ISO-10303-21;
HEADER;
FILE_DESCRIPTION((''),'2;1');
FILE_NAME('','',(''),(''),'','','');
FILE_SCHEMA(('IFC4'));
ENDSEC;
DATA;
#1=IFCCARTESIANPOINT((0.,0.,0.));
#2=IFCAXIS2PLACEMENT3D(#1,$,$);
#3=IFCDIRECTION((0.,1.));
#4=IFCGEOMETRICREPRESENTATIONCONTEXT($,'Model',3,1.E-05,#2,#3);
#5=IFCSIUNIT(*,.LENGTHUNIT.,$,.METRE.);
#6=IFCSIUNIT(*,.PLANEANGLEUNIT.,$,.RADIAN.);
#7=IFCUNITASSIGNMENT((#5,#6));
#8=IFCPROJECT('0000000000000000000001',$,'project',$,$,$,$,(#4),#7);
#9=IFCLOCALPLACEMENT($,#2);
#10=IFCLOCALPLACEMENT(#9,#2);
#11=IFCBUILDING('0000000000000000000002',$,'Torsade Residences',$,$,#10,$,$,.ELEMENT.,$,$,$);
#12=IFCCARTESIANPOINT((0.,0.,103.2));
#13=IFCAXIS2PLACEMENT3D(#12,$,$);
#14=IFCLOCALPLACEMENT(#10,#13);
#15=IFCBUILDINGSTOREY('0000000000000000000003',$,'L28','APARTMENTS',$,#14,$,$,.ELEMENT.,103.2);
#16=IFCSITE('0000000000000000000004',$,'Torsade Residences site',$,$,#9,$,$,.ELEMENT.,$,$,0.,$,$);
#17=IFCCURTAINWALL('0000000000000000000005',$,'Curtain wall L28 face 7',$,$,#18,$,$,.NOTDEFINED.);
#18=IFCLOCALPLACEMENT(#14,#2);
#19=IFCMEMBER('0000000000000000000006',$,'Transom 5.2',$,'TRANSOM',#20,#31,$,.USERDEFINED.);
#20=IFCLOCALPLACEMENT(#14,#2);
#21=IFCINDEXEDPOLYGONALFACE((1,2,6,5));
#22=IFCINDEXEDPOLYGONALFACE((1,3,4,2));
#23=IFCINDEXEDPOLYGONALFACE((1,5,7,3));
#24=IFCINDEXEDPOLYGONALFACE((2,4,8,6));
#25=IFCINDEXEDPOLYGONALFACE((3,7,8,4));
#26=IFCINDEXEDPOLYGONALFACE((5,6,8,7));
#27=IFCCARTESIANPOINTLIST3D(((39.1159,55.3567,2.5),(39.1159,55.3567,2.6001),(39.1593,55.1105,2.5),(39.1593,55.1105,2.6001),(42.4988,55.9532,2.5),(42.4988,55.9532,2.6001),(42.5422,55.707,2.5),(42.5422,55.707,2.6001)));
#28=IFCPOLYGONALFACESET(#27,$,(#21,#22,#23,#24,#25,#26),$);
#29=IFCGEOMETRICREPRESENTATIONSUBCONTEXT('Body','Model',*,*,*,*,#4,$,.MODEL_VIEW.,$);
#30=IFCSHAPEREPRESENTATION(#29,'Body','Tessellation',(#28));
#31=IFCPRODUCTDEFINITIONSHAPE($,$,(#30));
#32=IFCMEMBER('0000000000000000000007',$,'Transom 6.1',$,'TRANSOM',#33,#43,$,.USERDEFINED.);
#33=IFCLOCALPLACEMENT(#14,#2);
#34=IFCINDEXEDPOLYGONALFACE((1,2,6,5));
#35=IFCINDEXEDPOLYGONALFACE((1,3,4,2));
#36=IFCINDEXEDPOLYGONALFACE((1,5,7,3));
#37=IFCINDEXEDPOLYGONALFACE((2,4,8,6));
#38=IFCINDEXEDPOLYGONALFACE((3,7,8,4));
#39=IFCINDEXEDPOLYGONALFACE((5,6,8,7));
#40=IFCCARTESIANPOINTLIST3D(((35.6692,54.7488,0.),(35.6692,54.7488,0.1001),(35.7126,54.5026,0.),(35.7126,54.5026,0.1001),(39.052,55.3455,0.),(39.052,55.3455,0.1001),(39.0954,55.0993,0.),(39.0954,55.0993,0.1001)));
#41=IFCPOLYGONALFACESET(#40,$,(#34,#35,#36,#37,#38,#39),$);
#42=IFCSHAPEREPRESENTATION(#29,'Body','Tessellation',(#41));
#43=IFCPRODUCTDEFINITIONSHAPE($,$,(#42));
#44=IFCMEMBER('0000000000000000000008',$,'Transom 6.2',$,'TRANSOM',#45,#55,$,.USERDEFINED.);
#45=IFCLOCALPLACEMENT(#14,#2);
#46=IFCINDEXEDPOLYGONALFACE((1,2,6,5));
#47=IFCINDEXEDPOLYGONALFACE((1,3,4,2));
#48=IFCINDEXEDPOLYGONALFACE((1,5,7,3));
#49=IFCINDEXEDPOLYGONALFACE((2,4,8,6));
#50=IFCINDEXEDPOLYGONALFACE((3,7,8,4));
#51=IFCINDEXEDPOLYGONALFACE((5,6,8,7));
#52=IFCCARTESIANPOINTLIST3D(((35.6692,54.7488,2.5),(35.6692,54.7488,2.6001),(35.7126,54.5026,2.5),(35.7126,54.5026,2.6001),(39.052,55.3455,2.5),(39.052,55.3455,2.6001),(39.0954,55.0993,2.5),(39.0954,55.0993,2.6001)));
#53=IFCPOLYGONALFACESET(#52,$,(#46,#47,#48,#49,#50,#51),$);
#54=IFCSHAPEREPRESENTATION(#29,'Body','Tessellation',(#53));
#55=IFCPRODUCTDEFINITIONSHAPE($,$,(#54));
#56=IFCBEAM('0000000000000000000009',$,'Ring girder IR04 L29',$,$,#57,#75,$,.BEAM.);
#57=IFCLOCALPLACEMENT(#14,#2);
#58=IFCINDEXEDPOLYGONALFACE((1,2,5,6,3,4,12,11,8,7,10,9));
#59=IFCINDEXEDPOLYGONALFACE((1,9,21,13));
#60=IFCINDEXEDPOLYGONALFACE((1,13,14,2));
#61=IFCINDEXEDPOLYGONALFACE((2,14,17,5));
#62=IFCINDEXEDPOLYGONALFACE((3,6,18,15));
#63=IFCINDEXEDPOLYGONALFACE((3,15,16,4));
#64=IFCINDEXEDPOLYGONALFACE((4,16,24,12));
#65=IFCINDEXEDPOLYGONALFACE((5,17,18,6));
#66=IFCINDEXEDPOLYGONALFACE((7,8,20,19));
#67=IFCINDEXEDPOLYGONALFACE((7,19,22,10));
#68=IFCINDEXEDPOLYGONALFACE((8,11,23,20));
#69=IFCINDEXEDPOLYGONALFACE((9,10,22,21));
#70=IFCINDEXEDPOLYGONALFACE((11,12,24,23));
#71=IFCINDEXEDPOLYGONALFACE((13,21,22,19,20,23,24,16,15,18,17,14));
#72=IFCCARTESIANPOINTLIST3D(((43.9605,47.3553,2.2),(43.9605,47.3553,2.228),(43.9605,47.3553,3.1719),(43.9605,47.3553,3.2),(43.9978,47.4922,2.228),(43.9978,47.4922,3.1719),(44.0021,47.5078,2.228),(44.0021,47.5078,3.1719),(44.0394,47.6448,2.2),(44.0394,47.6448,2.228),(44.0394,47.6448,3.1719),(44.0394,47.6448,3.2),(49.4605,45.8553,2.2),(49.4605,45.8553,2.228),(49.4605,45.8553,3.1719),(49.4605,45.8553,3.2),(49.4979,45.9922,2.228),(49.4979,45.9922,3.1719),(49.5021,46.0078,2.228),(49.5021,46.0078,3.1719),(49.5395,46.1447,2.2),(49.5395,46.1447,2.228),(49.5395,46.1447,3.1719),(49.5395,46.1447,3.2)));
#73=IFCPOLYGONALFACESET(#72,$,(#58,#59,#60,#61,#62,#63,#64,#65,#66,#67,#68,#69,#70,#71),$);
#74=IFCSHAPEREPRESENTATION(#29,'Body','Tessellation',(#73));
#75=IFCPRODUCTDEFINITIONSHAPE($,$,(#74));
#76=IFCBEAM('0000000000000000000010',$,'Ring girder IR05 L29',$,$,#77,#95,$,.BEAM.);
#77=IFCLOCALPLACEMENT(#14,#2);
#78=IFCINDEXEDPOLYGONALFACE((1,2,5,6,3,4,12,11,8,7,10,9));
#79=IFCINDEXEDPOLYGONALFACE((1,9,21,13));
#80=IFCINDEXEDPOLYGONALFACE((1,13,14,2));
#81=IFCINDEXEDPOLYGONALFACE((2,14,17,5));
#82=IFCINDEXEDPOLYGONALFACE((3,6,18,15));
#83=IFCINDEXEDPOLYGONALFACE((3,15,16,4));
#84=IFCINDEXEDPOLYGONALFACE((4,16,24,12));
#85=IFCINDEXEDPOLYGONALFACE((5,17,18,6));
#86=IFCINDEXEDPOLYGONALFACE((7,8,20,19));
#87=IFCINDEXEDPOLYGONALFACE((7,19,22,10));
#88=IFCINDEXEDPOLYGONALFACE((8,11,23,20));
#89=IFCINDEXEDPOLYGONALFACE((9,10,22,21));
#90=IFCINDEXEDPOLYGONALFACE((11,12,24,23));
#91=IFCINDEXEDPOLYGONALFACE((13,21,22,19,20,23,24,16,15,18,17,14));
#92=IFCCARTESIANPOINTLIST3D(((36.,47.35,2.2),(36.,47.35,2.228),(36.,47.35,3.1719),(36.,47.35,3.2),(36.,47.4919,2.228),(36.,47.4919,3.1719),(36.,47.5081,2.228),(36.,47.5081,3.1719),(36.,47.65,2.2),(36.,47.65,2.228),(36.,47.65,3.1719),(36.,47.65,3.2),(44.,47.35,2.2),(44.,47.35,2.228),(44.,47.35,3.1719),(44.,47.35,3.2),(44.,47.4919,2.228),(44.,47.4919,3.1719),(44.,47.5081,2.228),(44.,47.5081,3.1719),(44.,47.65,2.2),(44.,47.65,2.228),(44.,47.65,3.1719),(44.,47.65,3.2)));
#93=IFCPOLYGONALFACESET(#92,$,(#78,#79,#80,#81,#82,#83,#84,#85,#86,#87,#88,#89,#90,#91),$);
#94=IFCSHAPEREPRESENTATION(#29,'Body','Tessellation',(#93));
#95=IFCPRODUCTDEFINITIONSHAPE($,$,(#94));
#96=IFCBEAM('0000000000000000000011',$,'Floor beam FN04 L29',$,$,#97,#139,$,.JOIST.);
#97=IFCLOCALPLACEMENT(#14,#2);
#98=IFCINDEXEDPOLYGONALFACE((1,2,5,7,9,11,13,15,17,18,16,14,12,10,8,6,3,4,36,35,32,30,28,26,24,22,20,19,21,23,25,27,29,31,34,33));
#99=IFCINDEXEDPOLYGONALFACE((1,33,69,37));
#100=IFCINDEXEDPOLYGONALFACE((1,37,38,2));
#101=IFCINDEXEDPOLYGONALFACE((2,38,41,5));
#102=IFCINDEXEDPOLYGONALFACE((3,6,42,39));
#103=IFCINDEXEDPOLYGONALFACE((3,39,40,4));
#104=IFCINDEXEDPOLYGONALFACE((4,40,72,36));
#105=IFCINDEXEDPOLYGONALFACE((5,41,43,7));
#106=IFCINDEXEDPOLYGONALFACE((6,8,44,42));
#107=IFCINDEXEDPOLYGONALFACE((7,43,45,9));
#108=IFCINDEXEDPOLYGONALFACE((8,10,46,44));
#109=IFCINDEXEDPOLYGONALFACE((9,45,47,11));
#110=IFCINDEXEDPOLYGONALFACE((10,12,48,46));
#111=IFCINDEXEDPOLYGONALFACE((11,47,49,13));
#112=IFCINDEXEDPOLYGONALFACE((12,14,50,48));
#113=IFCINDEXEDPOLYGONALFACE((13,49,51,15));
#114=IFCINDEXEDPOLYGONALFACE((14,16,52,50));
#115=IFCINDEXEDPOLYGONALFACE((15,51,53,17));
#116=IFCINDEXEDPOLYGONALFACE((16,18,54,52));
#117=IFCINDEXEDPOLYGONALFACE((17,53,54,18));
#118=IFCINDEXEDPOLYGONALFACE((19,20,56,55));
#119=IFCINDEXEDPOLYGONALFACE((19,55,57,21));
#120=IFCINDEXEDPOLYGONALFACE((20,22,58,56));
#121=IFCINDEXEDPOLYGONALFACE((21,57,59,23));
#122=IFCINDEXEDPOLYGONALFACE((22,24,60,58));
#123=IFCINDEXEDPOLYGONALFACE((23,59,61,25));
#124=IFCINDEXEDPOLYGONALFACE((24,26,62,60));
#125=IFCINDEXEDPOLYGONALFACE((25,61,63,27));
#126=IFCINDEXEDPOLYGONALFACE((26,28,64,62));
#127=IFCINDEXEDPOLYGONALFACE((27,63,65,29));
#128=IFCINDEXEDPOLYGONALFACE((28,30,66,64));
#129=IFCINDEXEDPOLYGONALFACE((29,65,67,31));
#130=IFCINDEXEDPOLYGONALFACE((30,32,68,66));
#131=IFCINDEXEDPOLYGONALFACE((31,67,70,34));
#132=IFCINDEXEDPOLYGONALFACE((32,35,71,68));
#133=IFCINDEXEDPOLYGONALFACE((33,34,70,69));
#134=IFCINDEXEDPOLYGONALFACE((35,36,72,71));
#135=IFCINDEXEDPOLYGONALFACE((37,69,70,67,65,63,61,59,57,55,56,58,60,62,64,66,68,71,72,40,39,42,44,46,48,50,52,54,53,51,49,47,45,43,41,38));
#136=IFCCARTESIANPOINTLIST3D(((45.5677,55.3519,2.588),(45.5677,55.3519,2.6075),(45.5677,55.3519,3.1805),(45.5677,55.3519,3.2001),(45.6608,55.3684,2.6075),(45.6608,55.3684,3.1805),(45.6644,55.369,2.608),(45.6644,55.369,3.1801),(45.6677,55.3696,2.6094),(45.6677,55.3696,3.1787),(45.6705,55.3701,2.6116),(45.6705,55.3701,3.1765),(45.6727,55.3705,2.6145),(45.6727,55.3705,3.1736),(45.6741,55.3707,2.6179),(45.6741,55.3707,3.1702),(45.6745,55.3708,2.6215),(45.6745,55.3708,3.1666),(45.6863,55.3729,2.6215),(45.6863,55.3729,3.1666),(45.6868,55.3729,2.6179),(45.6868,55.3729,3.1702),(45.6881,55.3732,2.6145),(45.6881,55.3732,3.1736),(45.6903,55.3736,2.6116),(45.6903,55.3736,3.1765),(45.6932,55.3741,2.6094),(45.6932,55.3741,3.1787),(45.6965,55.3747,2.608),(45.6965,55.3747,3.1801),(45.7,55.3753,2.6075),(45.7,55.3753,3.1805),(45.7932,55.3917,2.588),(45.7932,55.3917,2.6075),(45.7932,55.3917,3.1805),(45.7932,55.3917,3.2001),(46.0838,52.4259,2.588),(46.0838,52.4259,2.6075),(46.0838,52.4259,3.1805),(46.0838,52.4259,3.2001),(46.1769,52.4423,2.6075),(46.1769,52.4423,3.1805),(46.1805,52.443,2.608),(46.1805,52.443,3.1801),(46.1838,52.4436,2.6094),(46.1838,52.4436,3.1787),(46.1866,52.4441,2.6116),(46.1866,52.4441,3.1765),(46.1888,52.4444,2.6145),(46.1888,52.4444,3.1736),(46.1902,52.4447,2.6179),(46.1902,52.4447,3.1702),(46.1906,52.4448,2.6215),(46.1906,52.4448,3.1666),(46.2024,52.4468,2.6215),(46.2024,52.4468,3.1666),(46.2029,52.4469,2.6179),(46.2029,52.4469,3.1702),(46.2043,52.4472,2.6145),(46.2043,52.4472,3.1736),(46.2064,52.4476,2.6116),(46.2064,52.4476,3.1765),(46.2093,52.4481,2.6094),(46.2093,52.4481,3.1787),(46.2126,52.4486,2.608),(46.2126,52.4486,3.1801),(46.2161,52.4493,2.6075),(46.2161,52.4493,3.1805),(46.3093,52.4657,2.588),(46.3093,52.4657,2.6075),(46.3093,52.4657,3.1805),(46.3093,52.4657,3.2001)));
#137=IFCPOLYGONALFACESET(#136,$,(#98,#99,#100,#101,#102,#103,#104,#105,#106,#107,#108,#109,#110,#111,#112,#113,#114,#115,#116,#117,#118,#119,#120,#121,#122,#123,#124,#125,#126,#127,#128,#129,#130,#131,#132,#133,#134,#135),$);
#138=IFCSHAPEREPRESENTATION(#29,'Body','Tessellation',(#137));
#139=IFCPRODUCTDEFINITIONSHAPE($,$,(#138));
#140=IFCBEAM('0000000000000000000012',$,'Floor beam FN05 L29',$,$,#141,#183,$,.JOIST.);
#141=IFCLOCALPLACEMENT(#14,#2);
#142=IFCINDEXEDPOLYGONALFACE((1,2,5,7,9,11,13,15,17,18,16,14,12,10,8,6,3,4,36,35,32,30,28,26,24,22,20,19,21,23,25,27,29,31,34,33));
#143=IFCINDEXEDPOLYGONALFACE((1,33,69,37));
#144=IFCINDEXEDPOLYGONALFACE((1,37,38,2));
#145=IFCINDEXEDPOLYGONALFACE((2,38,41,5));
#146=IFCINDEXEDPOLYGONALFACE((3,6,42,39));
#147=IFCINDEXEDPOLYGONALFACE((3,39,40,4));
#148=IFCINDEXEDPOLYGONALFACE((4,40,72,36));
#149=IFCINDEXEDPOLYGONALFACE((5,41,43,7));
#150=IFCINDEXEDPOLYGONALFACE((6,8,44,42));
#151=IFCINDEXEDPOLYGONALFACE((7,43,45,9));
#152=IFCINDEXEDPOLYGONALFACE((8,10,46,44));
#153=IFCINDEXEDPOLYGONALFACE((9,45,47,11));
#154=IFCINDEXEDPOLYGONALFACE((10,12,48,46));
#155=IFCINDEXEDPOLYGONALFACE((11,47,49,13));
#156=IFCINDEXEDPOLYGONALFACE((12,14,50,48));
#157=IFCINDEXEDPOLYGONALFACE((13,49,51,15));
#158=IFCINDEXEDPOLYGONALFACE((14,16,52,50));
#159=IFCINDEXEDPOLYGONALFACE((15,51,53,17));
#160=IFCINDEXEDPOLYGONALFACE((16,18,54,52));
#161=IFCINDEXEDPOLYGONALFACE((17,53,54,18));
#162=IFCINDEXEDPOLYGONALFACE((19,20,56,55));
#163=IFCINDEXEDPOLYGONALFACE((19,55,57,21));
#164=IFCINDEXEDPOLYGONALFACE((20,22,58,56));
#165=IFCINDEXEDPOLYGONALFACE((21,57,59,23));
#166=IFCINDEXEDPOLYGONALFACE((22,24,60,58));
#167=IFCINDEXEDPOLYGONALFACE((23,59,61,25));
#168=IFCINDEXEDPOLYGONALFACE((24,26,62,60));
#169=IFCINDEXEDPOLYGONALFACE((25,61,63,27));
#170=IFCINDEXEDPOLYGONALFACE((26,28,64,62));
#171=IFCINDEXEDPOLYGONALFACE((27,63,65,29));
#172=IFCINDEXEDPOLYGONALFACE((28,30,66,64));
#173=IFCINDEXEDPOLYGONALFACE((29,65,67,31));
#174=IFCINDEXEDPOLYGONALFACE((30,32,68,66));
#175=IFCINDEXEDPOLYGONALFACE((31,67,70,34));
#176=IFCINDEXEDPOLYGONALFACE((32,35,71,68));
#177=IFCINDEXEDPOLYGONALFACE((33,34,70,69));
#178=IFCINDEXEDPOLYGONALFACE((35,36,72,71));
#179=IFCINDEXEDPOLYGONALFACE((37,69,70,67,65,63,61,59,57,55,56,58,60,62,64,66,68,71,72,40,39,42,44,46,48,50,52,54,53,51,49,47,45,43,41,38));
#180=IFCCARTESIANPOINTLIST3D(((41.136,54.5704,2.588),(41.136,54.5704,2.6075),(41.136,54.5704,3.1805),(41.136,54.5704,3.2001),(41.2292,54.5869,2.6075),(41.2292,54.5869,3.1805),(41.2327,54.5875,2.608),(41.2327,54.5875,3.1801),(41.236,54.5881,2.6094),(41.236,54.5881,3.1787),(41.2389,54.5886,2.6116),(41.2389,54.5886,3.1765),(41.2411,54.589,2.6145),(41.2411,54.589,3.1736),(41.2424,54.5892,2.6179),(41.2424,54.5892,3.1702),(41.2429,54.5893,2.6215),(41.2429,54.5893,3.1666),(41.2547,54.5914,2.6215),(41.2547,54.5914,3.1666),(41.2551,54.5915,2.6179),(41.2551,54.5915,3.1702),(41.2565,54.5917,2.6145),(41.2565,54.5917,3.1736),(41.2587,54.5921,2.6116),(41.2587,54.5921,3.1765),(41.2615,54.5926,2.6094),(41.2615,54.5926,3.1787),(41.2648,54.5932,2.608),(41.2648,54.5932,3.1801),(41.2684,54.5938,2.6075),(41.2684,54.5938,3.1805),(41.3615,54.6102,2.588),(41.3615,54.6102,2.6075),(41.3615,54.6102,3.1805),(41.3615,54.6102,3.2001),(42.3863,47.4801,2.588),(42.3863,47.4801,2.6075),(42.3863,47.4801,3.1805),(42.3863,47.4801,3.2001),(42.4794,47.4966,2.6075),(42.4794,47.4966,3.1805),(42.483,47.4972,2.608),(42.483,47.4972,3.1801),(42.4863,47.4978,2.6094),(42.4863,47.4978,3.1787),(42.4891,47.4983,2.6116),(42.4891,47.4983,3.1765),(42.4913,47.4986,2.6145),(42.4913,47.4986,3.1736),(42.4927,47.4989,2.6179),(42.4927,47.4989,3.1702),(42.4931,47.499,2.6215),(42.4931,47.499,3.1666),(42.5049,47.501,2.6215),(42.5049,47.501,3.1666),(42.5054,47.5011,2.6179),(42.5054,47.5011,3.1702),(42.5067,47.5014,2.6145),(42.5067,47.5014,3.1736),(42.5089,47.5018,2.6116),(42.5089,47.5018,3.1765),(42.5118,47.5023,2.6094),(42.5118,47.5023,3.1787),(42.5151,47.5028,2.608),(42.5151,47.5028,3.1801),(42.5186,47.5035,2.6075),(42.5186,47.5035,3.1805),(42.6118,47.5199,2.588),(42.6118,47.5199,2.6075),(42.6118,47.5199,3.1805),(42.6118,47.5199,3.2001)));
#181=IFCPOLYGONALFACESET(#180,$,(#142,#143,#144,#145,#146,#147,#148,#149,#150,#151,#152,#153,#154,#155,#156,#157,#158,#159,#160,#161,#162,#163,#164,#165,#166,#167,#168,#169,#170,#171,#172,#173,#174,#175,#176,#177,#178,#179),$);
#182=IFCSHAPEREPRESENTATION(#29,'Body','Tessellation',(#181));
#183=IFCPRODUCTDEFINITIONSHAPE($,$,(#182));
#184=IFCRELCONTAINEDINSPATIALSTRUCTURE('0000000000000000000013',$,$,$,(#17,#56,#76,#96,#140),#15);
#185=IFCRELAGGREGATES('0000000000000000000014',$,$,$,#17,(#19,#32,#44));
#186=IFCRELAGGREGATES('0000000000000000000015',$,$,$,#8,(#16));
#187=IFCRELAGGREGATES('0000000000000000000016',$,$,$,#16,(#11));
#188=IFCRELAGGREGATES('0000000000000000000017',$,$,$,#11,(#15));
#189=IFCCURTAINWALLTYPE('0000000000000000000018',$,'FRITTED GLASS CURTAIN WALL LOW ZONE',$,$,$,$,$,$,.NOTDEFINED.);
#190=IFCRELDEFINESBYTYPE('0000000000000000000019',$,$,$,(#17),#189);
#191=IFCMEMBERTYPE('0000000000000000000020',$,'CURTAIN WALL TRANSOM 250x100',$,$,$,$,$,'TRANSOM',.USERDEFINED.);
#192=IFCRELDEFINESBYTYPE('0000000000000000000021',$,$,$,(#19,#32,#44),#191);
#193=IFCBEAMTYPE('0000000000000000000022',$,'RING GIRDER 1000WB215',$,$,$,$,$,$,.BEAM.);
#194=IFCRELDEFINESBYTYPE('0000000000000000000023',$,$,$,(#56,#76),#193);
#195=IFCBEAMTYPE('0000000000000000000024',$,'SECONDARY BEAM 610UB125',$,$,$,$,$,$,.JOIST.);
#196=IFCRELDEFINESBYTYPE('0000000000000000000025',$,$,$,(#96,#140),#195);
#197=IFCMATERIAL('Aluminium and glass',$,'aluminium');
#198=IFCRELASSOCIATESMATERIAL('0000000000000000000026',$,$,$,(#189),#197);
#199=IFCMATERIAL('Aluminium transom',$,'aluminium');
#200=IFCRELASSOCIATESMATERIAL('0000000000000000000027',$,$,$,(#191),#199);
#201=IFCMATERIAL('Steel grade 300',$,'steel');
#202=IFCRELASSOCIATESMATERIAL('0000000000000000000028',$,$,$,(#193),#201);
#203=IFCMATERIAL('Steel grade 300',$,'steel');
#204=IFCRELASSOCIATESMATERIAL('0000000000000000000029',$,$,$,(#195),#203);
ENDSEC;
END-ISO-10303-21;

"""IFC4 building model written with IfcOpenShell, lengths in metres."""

from ifc_helpers import new_model, si_unit, direction, frame, origin, origin_2d, place, context, subcontext, project, spatial, rectangle, i_section, extrude, material, material_profile, profile_set, type_object, element, aggregate, save


model = new_model("IFC4")

# Units and contexts
model_context = context("Model", 3, precision=1e-05, world=origin(), true_north=direction((0.0, 1.0)))
body_context = subcontext(model_context, "Body", "Model", "MODEL_VIEW")
ifc_project = project(units=[si_unit("LENGTHUNIT", "METRE"), si_unit("PLANEANGLEUNIT", "RADIAN")], contexts=[model_context])

# Site, building, storey
site_placement = place(None, origin())
site = spatial("IfcSite", under=ifc_project, at=site_placement, Name="Torsade Residences site", CompositionType="ELEMENT", RefElevation=0.0)
building_placement = place(site_placement, origin())
building = spatial("IfcBuilding", under=site, at=building_placement, Name="Torsade Residences", CompositionType="ELEMENT")
storey_placement = place(building_placement, frame((0.0, 0.0, 103.2)))
storey = spatial("IfcBuildingStorey", under=building, at=storey_placement, Name="L28", Description="APARTMENTS", CompositionType="ELEMENT", Elevation=103.2)

# Curtain wall, members
ifc_material_1 = material(Name="Aluminium and glass", Category="aluminium")
curtain_wall_type = type_object("IfcCurtainWallType", Name="FRITTED GLASS CURTAIN WALL LOW ZONE", PredefinedType="NOTDEFINED", material=ifc_material_1)
curtain_wall_placement = place(storey_placement, origin())
curtain_wall = element("IfcCurtainWall", 1, at=curtain_wall_placement, inside=storey, type_object=curtain_wall_type, Name="Curtain wall L28 face 7", PredefinedType="NOTDEFINED")
ifc_material_2 = material(Name="Aluminium transom", Category="aluminium")
ifc_material_profile_1 = material_profile(ifc_material_2, rectangle(XDim=0.25, YDim=0.1001, at=origin_2d()), Name="CURTAIN WALL TRANSOM 250x100")
ifc_profile_set_1 = profile_set([ifc_material_profile_1], Name="Aluminium transom")
member_type_1 = type_object("IfcMemberType", Name="CURTAIN WALL TRANSOM 250x100", ElementType="TRANSOM", PredefinedType="USERDEFINED", material=ifc_profile_set_1)
member_1_placement = place(storey_placement, frame((42.5205, 55.8301, 2.55), z_axis=(-0.98481, -0.173635, 0.0), x_axis=(0.173635, -0.98481, 0.0)))
member_1 = element("IfcMember", 2, at=member_1_placement, type_object=member_type_1, Name="Transom 5.2", ObjectType="TRANSOM", PredefinedType="USERDEFINED", context=body_context, shape_type="SweptSolid", body=[
    extrude(rectangle(XDim=0.25, YDim=0.1001, at=origin_2d()), origin(), (0.0, 0.0, 1.0), 3.4351),
])
member_2_placement = place(storey_placement, frame((39.0737, 55.2224, 0.05), z_axis=(-0.984798, -0.173704, 0.0), x_axis=(0.173704, -0.984798, 0.0)))
member_2 = element("IfcMember", 3, at=member_2_placement, type_object=member_type_1, Name="Transom 6.1", ObjectType="TRANSOM", PredefinedType="USERDEFINED", context=body_context, shape_type="SweptSolid", body=[
    extrude(rectangle(XDim=0.25, YDim=0.1001, at=origin_2d()), origin(), (0.0, 0.0, 1.0), 3.4351),
])
member_3_placement = place(storey_placement, frame((39.0737, 55.2224, 2.55), z_axis=(-0.984798, -0.173704, 0.0), x_axis=(0.173704, -0.984798, 0.0)))
member_3 = element("IfcMember", 4, at=member_3_placement, type_object=member_type_1, Name="Transom 6.2", ObjectType="TRANSOM", PredefinedType="USERDEFINED", context=body_context, shape_type="SweptSolid", body=[
    extrude(rectangle(XDim=0.25, YDim=0.1001, at=origin_2d()), origin(), (0.0, 0.0, 1.0), 3.4351),
])

# Beams
ifc_material_3 = material(Name="Steel grade 300", Category="steel")
ifc_material_profile_2 = material_profile(ifc_material_3, i_section(OverallWidth=0.3, OverallDepth=1.0, WebThickness=0.0161, FlangeThickness=0.0281, at=origin_2d()), Name="1000WB215")
ifc_profile_set_2 = profile_set([ifc_material_profile_2], Name="Steel grade 300")
beam_type_1 = type_object("IfcBeamType", Name="RING GIRDER 1000WB215", PredefinedType="BEAM", material=ifc_profile_set_2)
beam_1_placement = place(storey_placement, frame((49.5, 46.0, 2.7), z_axis=(-0.964764, 0.263117, 0.0), x_axis=(-0.263117, -0.964764, 0.0)))
element("IfcBeam", 5, at=beam_1_placement, inside=storey, type_object=beam_type_1, Name="Ring girder IR04 L29", PredefinedType="BEAM", context=body_context, shape_type="SweptSolid", body=[
    extrude(i_section(OverallWidth=0.3, OverallDepth=1.0, WebThickness=0.0161, FlangeThickness=0.0281, at=origin_2d()), origin(), (0.0, 0.0, 1.0), 5.7009),
])
beam_2_placement = place(storey_placement, frame((44.0, 47.5, 2.7), z_axis=(-1.0, 0.0, 0.0), x_axis=(0.0, -1.0, 0.0)))
element("IfcBeam", 6, at=beam_2_placement, inside=storey, type_object=beam_type_1, Name="Ring girder IR05 L29", PredefinedType="BEAM", context=body_context, shape_type="SweptSolid", body=[
    extrude(i_section(OverallWidth=0.3, OverallDepth=1.0, WebThickness=0.0161, FlangeThickness=0.0281, at=origin_2d()), origin(), (0.0, 0.0, 1.0), 8.0),
])
ifc_material_4 = material(Name="Steel grade 300", Category="steel")
ifc_material_profile_3 = material_profile(ifc_material_4, i_section(OverallWidth=0.229, OverallDepth=0.6121, WebThickness=0.012, FlangeThickness=0.0195, FilletRadius=0.0139, at=origin_2d()), Name="610UB125")
ifc_profile_set_3 = profile_set([ifc_material_profile_3], Name="Steel grade 300")
beam_type_2 = type_object("IfcBeamType", Name="SECONDARY BEAM 610UB125", PredefinedType="JOIST", material=ifc_profile_set_3)
beam_3_placement = place(storey_placement, frame((45.6804, 55.3718, 2.894), z_axis=(0.173706, -0.984798, 0.0), x_axis=(0.984798, 0.173706, 0.0)))
element("IfcBeam", 7, at=beam_3_placement, inside=storey, type_object=beam_type_2, Name="Floor beam FN04 L29", PredefinedType="JOIST", context=body_context, shape_type="SweptSolid", body=[
    extrude(i_section(OverallWidth=0.229, OverallDepth=0.6121, WebThickness=0.012, FlangeThickness=0.0195, FilletRadius=0.0139, at=origin_2d()), origin(), (0.0, 0.0, 1.0), 2.9712),
])
beam_4_placement = place(storey_placement, frame((41.2488, 54.5903, 2.894), z_axis=(0.173652, -0.984807, 0.0), x_axis=(0.984807, 0.173652, 0.0)))
element("IfcBeam", 8, at=beam_4_placement, inside=storey, type_object=beam_type_2, Name="Floor beam FN05 L29", PredefinedType="JOIST", context=body_context, shape_type="SweptSolid", body=[
    extrude(i_section(OverallWidth=0.229, OverallDepth=0.6121, WebThickness=0.012, FlangeThickness=0.0195, FilletRadius=0.0139, at=origin_2d()), origin(), (0.0, 0.0, 1.0), 7.1997),
])

aggregate(curtain_wall, [member_1, member_2, member_3])

save(model, "model.ifc")
